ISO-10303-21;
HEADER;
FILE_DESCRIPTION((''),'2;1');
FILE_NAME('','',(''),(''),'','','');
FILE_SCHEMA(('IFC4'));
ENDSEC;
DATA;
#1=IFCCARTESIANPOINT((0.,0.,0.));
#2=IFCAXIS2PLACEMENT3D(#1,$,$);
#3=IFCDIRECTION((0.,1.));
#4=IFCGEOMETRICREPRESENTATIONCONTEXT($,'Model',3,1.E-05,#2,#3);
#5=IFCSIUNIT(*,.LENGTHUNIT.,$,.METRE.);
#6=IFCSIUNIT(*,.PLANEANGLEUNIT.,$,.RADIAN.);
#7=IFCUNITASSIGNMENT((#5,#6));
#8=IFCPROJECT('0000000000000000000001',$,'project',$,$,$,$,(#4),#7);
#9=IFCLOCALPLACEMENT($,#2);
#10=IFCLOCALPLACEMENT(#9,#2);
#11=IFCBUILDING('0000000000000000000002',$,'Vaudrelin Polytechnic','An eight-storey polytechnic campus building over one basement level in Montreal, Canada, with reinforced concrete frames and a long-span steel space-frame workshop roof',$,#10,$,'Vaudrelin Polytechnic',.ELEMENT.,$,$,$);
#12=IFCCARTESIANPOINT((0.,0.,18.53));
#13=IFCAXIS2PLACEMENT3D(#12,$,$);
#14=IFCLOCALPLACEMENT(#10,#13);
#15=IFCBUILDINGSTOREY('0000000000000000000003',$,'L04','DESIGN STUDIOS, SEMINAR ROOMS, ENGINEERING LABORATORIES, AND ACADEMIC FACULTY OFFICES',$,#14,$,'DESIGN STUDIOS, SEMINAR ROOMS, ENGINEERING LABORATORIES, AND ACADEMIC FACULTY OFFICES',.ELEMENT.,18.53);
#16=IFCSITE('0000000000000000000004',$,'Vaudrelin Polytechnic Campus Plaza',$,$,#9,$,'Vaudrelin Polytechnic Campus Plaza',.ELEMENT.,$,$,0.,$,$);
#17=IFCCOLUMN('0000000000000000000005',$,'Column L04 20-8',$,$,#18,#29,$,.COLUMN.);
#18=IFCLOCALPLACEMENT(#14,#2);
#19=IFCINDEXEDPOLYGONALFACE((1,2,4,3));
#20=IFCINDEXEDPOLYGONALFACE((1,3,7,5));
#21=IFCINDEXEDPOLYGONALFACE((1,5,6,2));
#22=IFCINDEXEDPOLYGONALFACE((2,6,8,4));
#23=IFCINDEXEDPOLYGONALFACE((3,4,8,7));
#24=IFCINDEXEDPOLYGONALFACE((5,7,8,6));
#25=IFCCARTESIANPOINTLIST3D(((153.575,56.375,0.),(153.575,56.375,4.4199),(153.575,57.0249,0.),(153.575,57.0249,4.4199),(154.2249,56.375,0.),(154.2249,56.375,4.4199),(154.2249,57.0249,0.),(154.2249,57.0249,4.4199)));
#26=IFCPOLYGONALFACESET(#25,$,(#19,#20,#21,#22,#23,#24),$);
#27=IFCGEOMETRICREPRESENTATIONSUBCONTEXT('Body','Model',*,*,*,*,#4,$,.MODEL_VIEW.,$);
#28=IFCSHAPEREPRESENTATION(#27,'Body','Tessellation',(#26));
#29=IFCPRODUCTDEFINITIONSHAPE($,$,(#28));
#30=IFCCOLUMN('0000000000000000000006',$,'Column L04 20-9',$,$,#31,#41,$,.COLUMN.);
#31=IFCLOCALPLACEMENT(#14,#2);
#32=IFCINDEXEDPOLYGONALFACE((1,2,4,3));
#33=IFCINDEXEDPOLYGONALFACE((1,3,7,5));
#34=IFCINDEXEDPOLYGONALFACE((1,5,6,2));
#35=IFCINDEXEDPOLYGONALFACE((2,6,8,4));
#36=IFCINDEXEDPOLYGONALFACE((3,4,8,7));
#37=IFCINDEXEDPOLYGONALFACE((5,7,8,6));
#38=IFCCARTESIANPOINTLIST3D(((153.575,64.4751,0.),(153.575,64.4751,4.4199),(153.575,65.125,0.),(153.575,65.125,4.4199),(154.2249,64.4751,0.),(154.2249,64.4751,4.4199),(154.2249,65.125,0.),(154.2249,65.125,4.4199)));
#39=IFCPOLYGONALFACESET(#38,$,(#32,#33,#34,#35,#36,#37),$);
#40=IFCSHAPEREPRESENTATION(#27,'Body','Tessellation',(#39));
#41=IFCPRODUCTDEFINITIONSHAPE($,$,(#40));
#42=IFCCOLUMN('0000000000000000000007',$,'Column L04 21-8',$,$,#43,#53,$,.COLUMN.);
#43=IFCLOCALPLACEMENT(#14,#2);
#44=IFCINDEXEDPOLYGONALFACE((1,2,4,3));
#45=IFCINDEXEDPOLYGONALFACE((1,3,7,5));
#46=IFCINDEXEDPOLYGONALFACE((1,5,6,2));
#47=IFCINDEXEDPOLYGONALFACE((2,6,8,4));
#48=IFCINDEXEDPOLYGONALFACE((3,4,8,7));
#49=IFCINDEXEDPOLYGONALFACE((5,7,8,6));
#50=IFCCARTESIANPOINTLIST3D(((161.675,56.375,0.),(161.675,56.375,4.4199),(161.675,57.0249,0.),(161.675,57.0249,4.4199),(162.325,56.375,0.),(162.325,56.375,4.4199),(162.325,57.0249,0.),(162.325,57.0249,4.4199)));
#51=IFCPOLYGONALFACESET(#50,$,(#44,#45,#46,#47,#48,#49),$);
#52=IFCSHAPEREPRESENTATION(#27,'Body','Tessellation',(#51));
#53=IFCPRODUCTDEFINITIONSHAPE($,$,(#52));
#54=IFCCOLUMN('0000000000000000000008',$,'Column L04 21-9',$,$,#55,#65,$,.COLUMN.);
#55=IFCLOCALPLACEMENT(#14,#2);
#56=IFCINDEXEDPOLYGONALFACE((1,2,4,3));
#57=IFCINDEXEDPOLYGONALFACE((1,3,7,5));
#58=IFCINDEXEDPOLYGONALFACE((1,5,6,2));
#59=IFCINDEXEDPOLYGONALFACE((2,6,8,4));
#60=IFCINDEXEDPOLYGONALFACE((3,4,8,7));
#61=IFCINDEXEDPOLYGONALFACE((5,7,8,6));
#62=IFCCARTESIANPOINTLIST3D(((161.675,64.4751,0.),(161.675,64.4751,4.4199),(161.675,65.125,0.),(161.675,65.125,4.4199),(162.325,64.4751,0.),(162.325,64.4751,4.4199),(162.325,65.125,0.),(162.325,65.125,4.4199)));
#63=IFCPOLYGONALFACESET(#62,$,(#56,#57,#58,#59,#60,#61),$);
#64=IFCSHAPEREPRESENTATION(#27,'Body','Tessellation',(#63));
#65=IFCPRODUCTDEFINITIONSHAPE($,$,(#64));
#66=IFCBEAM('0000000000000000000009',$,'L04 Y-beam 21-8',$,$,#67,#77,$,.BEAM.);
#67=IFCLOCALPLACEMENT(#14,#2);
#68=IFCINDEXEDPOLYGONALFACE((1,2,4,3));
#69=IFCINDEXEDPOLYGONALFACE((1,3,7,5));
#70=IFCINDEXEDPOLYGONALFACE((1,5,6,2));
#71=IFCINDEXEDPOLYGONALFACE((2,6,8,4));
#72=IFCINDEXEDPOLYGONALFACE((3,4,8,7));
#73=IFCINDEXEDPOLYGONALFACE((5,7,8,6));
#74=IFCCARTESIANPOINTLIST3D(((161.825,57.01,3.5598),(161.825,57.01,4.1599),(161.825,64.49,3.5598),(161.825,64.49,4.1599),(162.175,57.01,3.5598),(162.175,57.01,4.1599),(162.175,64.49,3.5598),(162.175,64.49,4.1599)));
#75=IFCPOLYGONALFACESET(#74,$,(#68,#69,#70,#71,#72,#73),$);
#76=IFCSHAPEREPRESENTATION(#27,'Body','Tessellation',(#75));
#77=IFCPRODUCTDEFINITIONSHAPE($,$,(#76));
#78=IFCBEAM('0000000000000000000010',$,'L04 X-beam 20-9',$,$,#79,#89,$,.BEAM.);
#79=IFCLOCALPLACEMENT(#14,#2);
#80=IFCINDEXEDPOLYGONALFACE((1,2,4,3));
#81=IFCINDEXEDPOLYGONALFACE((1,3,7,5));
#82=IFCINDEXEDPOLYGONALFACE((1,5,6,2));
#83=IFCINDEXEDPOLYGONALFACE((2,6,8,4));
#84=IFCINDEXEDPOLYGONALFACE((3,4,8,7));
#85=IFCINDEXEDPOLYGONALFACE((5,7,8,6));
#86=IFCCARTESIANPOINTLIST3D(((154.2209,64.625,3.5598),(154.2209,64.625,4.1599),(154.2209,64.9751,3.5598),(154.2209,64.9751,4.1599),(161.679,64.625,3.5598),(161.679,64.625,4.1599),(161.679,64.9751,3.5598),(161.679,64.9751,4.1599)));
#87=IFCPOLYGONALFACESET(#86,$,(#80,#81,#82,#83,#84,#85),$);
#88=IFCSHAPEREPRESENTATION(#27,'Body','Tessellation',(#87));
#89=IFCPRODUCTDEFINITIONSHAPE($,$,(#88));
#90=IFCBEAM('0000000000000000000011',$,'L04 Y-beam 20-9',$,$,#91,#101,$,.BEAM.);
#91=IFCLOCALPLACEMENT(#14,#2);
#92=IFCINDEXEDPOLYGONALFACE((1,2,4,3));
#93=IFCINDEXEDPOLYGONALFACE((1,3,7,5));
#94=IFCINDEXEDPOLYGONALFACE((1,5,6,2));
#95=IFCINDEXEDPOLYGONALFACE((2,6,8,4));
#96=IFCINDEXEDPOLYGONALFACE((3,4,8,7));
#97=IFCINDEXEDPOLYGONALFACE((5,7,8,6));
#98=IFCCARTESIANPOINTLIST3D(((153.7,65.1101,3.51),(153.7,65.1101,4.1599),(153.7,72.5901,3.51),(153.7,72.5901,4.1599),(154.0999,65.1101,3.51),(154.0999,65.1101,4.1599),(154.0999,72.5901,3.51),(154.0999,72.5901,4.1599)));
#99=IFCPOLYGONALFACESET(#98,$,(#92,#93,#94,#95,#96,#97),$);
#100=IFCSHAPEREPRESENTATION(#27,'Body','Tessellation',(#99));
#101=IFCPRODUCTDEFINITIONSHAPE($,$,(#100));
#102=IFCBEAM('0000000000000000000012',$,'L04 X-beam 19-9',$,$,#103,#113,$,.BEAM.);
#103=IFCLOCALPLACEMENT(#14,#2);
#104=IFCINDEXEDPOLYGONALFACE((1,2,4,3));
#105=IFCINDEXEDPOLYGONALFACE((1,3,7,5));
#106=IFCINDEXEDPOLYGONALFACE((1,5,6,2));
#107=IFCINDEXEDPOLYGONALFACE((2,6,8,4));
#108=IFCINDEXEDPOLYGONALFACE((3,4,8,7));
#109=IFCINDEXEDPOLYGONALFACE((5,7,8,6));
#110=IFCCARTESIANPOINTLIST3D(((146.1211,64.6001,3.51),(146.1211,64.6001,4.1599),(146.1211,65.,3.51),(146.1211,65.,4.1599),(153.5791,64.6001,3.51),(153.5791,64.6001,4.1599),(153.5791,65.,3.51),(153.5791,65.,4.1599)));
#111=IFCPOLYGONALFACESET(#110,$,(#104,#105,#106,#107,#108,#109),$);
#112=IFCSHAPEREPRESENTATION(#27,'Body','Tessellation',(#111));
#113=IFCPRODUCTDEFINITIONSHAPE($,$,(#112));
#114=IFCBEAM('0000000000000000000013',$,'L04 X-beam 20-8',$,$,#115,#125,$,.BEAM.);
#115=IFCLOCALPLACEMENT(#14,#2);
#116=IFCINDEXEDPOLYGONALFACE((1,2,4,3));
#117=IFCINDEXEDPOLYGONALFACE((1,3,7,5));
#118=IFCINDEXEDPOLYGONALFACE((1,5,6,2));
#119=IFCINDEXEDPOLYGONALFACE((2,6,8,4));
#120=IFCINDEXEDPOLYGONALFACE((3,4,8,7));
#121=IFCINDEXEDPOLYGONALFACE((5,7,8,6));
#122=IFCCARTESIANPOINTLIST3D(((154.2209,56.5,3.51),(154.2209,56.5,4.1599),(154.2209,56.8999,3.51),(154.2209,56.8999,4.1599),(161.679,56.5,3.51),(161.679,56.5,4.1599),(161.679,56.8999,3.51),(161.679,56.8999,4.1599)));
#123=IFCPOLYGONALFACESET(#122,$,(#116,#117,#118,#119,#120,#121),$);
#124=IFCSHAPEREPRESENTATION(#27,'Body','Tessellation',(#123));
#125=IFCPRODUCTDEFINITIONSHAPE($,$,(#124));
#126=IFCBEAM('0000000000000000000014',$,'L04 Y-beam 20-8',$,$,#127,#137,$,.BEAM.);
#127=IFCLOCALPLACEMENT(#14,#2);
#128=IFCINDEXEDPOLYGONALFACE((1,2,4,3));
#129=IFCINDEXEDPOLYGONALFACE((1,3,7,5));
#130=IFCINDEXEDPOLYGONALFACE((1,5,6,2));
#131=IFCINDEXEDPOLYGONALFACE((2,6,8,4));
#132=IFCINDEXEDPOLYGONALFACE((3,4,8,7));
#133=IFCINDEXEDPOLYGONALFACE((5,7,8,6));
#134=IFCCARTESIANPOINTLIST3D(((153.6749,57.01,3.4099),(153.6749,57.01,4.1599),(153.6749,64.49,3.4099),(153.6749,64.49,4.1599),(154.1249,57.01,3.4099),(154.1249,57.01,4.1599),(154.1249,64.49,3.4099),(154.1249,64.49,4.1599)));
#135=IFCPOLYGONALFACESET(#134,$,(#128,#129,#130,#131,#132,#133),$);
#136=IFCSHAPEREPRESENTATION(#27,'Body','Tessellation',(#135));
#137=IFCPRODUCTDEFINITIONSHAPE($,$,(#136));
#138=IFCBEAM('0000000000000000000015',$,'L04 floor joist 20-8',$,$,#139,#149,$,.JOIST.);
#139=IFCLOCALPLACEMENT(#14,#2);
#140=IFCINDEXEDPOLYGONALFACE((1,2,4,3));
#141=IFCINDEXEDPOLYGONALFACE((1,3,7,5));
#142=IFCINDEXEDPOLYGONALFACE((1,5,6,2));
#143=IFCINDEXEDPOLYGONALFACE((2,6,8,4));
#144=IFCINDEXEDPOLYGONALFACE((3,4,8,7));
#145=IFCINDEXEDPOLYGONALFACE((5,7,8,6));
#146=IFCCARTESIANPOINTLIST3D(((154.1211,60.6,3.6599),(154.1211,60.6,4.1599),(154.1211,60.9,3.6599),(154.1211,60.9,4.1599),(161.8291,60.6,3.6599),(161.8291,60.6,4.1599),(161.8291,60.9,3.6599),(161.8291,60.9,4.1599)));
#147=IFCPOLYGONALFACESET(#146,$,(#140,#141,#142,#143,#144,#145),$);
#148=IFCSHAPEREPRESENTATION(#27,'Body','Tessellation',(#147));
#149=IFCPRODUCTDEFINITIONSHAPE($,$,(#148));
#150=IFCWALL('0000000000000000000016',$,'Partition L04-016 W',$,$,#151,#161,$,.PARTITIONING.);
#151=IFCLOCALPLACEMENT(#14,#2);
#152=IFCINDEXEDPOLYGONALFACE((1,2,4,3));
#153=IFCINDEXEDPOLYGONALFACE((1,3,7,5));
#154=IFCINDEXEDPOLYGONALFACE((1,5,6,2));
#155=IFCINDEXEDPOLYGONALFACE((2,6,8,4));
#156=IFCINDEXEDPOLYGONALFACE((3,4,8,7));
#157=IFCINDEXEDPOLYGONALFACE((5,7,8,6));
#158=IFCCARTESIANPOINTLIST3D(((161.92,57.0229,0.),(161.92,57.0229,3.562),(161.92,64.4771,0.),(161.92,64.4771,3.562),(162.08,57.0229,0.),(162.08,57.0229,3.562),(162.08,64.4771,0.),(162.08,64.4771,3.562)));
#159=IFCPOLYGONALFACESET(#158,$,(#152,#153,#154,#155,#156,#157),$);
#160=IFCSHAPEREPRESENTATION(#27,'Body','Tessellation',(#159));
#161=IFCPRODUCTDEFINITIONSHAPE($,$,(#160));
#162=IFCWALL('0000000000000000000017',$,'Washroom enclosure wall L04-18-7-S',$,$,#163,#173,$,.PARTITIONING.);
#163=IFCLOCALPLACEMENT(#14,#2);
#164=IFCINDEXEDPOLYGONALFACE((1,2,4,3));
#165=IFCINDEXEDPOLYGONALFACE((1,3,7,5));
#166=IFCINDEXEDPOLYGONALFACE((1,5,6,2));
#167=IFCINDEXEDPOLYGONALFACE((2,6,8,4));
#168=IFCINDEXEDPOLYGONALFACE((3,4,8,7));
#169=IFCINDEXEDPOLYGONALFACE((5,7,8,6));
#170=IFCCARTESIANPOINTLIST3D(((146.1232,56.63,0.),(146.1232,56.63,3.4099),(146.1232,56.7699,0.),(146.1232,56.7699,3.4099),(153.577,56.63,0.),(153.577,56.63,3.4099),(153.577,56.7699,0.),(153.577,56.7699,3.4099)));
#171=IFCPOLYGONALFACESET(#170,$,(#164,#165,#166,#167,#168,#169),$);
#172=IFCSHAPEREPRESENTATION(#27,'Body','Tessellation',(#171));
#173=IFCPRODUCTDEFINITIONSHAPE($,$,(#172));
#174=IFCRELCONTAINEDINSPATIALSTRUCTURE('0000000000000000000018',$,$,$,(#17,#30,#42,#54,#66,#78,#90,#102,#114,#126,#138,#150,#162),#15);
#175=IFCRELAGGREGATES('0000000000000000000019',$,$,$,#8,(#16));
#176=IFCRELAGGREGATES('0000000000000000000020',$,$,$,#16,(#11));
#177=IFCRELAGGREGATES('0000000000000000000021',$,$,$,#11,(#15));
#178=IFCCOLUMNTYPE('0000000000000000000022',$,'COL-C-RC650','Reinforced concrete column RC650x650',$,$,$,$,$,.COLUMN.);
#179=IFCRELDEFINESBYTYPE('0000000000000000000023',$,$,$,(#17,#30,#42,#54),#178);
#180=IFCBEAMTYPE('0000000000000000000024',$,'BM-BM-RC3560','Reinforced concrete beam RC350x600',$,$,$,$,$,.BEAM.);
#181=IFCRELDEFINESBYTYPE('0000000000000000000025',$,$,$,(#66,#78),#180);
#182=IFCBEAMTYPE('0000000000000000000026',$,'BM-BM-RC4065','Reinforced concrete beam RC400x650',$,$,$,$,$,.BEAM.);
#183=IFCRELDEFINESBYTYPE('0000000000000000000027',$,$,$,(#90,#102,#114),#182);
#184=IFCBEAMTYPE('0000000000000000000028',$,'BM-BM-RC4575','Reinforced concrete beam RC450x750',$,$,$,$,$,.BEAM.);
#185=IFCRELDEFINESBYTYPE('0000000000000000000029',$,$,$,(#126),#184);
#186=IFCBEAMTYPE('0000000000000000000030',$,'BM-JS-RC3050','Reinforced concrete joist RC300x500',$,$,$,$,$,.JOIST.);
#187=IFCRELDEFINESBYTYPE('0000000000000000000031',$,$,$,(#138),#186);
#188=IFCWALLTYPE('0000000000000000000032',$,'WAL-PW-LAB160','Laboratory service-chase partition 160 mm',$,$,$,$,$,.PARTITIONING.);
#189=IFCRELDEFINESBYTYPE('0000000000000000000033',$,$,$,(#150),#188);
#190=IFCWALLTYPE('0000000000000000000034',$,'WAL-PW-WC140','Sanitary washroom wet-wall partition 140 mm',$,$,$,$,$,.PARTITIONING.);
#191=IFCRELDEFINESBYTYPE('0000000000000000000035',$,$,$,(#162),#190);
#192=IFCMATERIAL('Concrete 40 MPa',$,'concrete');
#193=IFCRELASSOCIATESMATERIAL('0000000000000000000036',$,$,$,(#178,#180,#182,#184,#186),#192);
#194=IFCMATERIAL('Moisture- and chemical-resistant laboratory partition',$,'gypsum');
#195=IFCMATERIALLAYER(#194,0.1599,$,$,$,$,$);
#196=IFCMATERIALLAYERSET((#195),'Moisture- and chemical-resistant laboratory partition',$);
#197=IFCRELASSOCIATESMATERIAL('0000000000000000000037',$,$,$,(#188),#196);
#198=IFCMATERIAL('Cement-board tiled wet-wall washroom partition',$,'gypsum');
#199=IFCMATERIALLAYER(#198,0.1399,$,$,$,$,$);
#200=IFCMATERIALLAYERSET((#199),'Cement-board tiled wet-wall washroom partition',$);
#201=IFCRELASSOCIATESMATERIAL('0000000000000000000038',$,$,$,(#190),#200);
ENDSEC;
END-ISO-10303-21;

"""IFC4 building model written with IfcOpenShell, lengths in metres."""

from ifc_helpers import new_model, si_unit, direction, frame, frame_2d, origin, origin_2d, place, context, subcontext, project, spatial, rectangle, extrude, material, layer, layer_set, material_profile, profile_set, type_object, element, save


model = new_model("IFC4")

# Units and contexts
model_context = context("Model", 3, precision=1e-05, world=origin(), true_north=direction((0.0, 1.0)))
body_context = subcontext(model_context, "Body", "Model", "MODEL_VIEW")
ifc_project = project(units=[si_unit("LENGTHUNIT", "METRE"), si_unit("PLANEANGLEUNIT", "RADIAN")], contexts=[model_context])

# Site, building, storey
site_placement = place(None, origin())
site = spatial("IfcSite", under=ifc_project, at=site_placement, Name="Vaudrelin Polytechnic Campus Plaza", LongName="Vaudrelin Polytechnic Campus Plaza", CompositionType="ELEMENT", RefElevation=0.0)
building_placement = place(site_placement, origin())
building = spatial("IfcBuilding", under=site, at=building_placement, Name="Vaudrelin Polytechnic", Description="An eight-storey polytechnic campus building over one basement level in Montreal, Canada, with reinforced concrete frames and a long-span steel space-frame workshop roof", LongName="Vaudrelin Polytechnic", CompositionType="ELEMENT")
storey_placement = place(building_placement, frame((0.0, 0.0, 18.53)))
storey = spatial("IfcBuildingStorey", under=building, at=storey_placement, Name="L04", Description="DESIGN STUDIOS, SEMINAR ROOMS, ENGINEERING LABORATORIES, AND ACADEMIC FACULTY OFFICES", LongName="DESIGN STUDIOS, SEMINAR ROOMS, ENGINEERING LABORATORIES, AND ACADEMIC FACULTY OFFICES", CompositionType="ELEMENT", Elevation=18.53)

# Columns
ifc_material_1 = material(Name="Concrete 40 MPa", Category="concrete")
ifc_material_profile_1 = material_profile(ifc_material_1, rectangle(XDim=0.6499, YDim=0.6499, at=origin_2d()), Name="RC650x650")
ifc_profile_set_1 = profile_set([ifc_material_profile_1], Name="Concrete 40 MPa")
column_type = type_object("IfcColumnType", Name="COL-C-RC650", Description="Reinforced concrete column RC650x650", PredefinedType="COLUMN", material=ifc_profile_set_1)
for number, where, z_axis, x_axis, name in (
    (1, (153.8999, 56.7, 0.0), (0.0, 0.0, 1.0), (1.0, 0.0, 0.0), "Column L04 20-8"),
    (2, (153.8999, 64.8, 0.0), (0.0, 0.0, 1.0), (1.0, 0.0, 0.0), "Column L04 20-9"),
    (3, (162.0, 56.7, 0.0), (0.0, 0.0, 1.0), (1.0, 0.0, 0.0), "Column L04 21-8"),
    (4, (162.0, 64.8, 0.0), (0.0, 0.0, 1.0), (1.0, 0.0, 0.0), "Column L04 21-9"),
):
    element("IfcColumn", number, at=place(storey_placement, frame(where, z_axis=z_axis, x_axis=x_axis)), inside=storey, type_object=column_type, Name=name, PredefinedType="COLUMN", context=body_context, shape_type="SweptSolid", body=[
        extrude(rectangle(XDim=0.6499, YDim=0.6499, at=origin_2d()), origin(), (0.0, 0.0, 1.0), 4.4199),
    ])

# Beams
ifc_material_profile_2 = material_profile(ifc_material_1, rectangle(XDim=0.3501, YDim=0.6001, at=origin_2d()), Name="RC350x600")
ifc_profile_set_2 = profile_set([ifc_material_profile_2], Name="Concrete 40 MPa")
beam_type_1 = type_object("IfcBeamType", Name="BM-BM-RC3560", Description="Reinforced concrete beam RC350x600", PredefinedType="BEAM", material=ifc_profile_set_2)
beam_1_placement = place(storey_placement, frame((162.0, 57.01, 3.8599), z_axis=(0.0, 1.0, 0.0), x_axis=(-1.0, 0.0, 0.0)))
element("IfcBeam", 5, at=beam_1_placement, inside=storey, type_object=beam_type_1, Name="L04 Y-beam 21-8", PredefinedType="BEAM", context=body_context, shape_type="SweptSolid", body=[
    extrude(rectangle(XDim=0.3501, YDim=0.6001, at=origin_2d()), origin(), (0.0, 0.0, 1.0), 7.48),
])
beam_2_placement = place(storey_placement, frame((154.2209, 64.8, 3.8599), z_axis=(1.0, 0.0, 0.0), x_axis=(0.0, 1.0, 0.0)))
element("IfcBeam", 6, at=beam_2_placement, inside=storey, type_object=beam_type_1, Name="L04 X-beam 20-9", PredefinedType="BEAM", context=body_context, shape_type="SweptSolid", body=[
    extrude(rectangle(XDim=0.3501, YDim=0.6001, at=origin_2d()), origin(), (0.0, 0.0, 1.0), 7.458),
])
ifc_material_profile_3 = material_profile(ifc_material_1, rectangle(XDim=0.3999, YDim=0.6499, at=origin_2d()), Name="RC400x650")
ifc_profile_set_3 = profile_set([ifc_material_profile_3], Name="Concrete 40 MPa")
beam_type_2 = type_object("IfcBeamType", Name="BM-BM-RC4065", Description="Reinforced concrete beam RC400x650", PredefinedType="BEAM", material=ifc_profile_set_3)
beam_3_placement = place(storey_placement, frame((153.8999, 65.1101, 3.835), z_axis=(0.0, 1.0, 0.0), x_axis=(-1.0, 0.0, 0.0)))
element("IfcBeam", 7, at=beam_3_placement, inside=storey, type_object=beam_type_2, Name="L04 Y-beam 20-9", PredefinedType="BEAM", context=body_context, shape_type="SweptSolid", body=[
    extrude(rectangle(XDim=0.3999, YDim=0.6499, at=origin_2d()), origin(), (0.0, 0.0, 1.0), 7.48),
])
for number, where, z_axis, x_axis, name in (
    (8, (146.1211, 64.8, 3.835), (1.0, 0.0, 0.0), (0.0, 1.0, 0.0), "L04 X-beam 19-9"),
    (9, (154.2209, 56.7, 3.835), (1.0, 0.0, 0.0), (0.0, 1.0, 0.0), "L04 X-beam 20-8"),
):
    element("IfcBeam", number, at=place(storey_placement, frame(where, z_axis=z_axis, x_axis=x_axis)), inside=storey, type_object=beam_type_2, Name=name, PredefinedType="BEAM", context=body_context, shape_type="SweptSolid", body=[
        extrude(rectangle(XDim=0.3999, YDim=0.6499, at=origin_2d()), origin(), (0.0, 0.0, 1.0), 7.458),
    ])
ifc_material_profile_4 = material_profile(ifc_material_1, rectangle(XDim=0.45, YDim=0.75, at=origin_2d()), Name="RC450x750")
ifc_profile_set_4 = profile_set([ifc_material_profile_4], Name="Concrete 40 MPa")
beam_type_3 = type_object("IfcBeamType", Name="BM-BM-RC4575", Description="Reinforced concrete beam RC450x750", PredefinedType="BEAM", material=ifc_profile_set_4)
beam_4_placement = place(storey_placement, frame((153.8999, 57.01, 3.7849), z_axis=(0.0, 1.0, 0.0), x_axis=(-1.0, 0.0, 0.0)))
element("IfcBeam", 10, at=beam_4_placement, inside=storey, type_object=beam_type_3, Name="L04 Y-beam 20-8", PredefinedType="BEAM", context=body_context, shape_type="SweptSolid", body=[
    extrude(rectangle(XDim=0.45, YDim=0.75, at=origin_2d()), origin(), (0.0, 0.0, 1.0), 7.48),
])
ifc_material_profile_5 = material_profile(ifc_material_1, rectangle(XDim=0.3, YDim=0.5, at=origin_2d()), Name="RC300x500")
ifc_profile_set_5 = profile_set([ifc_material_profile_5], Name="Concrete 40 MPa")
beam_type_4 = type_object("IfcBeamType", Name="BM-JS-RC3050", Description="Reinforced concrete joist RC300x500", PredefinedType="JOIST", material=ifc_profile_set_5)
beam_5_placement = place(storey_placement, frame((154.1211, 60.75, 3.9099), z_axis=(1.0, 0.0, 0.0), x_axis=(0.0, 1.0, 0.0)))
element("IfcBeam", 11, at=beam_5_placement, inside=storey, type_object=beam_type_4, Name="L04 floor joist 20-8", PredefinedType="JOIST", context=body_context, shape_type="SweptSolid", body=[
    extrude(rectangle(XDim=0.3, YDim=0.5, at=origin_2d()), origin(), (0.0, 0.0, 1.0), 7.708),
])

# Walls
ifc_material_2 = material(Name="Moisture- and chemical-resistant laboratory partition", Category="gypsum")
ifc_layer_1 = layer(ifc_material_2, 0.1599)
ifc_layer_set_1 = layer_set([ifc_layer_1], Name="Moisture- and chemical-resistant laboratory partition")
wall_type_1 = type_object("IfcWallType", Name="WAL-PW-LAB160", Description="Laboratory service-chase partition 160 mm", PredefinedType="PARTITIONING", material=ifc_layer_set_1)
wall_1_placement = place(storey_placement, frame((162.0, 57.0229, 0.0), z_axis=(0.0, 0.0, 1.0), x_axis=(0.0, 1.0, 0.0)))
element("IfcWall", 12, at=wall_1_placement, inside=storey, type_object=wall_type_1, Name="Partition L04-016 W", PredefinedType="PARTITIONING", context=body_context, shape_type="SweptSolid", body=[
    extrude(rectangle(XDim=7.4541, YDim=0.1599, at=frame_2d((3.7271, 0.0))), origin(), (0.0, 0.0, 1.0), 3.562),
])
ifc_material_3 = material(Name="Cement-board tiled wet-wall washroom partition", Category="gypsum")
ifc_layer_2 = layer(ifc_material_3, 0.1399)
ifc_layer_set_2 = layer_set([ifc_layer_2], Name="Cement-board tiled wet-wall washroom partition")
wall_type_2 = type_object("IfcWallType", Name="WAL-PW-WC140", Description="Sanitary washroom wet-wall partition 140 mm", PredefinedType="PARTITIONING", material=ifc_layer_set_2)
wall_2_placement = place(storey_placement, frame((146.123, 56.7, 0.0), z_axis=(0.0, 0.0, 1.0), x_axis=(1.0, 0.0, 0.0)))
element("IfcWall", 13, at=wall_2_placement, inside=storey, type_object=wall_type_2, Name="Washroom enclosure wall L04-18-7-S", PredefinedType="PARTITIONING", context=body_context, shape_type="SweptSolid", body=[
    extrude(rectangle(XDim=7.4539, YDim=0.1399, at=frame_2d((3.7271, 0.0))), origin(), (0.0, 0.0, 1.0), 3.4099),
])

save(model, "model.ifc")
